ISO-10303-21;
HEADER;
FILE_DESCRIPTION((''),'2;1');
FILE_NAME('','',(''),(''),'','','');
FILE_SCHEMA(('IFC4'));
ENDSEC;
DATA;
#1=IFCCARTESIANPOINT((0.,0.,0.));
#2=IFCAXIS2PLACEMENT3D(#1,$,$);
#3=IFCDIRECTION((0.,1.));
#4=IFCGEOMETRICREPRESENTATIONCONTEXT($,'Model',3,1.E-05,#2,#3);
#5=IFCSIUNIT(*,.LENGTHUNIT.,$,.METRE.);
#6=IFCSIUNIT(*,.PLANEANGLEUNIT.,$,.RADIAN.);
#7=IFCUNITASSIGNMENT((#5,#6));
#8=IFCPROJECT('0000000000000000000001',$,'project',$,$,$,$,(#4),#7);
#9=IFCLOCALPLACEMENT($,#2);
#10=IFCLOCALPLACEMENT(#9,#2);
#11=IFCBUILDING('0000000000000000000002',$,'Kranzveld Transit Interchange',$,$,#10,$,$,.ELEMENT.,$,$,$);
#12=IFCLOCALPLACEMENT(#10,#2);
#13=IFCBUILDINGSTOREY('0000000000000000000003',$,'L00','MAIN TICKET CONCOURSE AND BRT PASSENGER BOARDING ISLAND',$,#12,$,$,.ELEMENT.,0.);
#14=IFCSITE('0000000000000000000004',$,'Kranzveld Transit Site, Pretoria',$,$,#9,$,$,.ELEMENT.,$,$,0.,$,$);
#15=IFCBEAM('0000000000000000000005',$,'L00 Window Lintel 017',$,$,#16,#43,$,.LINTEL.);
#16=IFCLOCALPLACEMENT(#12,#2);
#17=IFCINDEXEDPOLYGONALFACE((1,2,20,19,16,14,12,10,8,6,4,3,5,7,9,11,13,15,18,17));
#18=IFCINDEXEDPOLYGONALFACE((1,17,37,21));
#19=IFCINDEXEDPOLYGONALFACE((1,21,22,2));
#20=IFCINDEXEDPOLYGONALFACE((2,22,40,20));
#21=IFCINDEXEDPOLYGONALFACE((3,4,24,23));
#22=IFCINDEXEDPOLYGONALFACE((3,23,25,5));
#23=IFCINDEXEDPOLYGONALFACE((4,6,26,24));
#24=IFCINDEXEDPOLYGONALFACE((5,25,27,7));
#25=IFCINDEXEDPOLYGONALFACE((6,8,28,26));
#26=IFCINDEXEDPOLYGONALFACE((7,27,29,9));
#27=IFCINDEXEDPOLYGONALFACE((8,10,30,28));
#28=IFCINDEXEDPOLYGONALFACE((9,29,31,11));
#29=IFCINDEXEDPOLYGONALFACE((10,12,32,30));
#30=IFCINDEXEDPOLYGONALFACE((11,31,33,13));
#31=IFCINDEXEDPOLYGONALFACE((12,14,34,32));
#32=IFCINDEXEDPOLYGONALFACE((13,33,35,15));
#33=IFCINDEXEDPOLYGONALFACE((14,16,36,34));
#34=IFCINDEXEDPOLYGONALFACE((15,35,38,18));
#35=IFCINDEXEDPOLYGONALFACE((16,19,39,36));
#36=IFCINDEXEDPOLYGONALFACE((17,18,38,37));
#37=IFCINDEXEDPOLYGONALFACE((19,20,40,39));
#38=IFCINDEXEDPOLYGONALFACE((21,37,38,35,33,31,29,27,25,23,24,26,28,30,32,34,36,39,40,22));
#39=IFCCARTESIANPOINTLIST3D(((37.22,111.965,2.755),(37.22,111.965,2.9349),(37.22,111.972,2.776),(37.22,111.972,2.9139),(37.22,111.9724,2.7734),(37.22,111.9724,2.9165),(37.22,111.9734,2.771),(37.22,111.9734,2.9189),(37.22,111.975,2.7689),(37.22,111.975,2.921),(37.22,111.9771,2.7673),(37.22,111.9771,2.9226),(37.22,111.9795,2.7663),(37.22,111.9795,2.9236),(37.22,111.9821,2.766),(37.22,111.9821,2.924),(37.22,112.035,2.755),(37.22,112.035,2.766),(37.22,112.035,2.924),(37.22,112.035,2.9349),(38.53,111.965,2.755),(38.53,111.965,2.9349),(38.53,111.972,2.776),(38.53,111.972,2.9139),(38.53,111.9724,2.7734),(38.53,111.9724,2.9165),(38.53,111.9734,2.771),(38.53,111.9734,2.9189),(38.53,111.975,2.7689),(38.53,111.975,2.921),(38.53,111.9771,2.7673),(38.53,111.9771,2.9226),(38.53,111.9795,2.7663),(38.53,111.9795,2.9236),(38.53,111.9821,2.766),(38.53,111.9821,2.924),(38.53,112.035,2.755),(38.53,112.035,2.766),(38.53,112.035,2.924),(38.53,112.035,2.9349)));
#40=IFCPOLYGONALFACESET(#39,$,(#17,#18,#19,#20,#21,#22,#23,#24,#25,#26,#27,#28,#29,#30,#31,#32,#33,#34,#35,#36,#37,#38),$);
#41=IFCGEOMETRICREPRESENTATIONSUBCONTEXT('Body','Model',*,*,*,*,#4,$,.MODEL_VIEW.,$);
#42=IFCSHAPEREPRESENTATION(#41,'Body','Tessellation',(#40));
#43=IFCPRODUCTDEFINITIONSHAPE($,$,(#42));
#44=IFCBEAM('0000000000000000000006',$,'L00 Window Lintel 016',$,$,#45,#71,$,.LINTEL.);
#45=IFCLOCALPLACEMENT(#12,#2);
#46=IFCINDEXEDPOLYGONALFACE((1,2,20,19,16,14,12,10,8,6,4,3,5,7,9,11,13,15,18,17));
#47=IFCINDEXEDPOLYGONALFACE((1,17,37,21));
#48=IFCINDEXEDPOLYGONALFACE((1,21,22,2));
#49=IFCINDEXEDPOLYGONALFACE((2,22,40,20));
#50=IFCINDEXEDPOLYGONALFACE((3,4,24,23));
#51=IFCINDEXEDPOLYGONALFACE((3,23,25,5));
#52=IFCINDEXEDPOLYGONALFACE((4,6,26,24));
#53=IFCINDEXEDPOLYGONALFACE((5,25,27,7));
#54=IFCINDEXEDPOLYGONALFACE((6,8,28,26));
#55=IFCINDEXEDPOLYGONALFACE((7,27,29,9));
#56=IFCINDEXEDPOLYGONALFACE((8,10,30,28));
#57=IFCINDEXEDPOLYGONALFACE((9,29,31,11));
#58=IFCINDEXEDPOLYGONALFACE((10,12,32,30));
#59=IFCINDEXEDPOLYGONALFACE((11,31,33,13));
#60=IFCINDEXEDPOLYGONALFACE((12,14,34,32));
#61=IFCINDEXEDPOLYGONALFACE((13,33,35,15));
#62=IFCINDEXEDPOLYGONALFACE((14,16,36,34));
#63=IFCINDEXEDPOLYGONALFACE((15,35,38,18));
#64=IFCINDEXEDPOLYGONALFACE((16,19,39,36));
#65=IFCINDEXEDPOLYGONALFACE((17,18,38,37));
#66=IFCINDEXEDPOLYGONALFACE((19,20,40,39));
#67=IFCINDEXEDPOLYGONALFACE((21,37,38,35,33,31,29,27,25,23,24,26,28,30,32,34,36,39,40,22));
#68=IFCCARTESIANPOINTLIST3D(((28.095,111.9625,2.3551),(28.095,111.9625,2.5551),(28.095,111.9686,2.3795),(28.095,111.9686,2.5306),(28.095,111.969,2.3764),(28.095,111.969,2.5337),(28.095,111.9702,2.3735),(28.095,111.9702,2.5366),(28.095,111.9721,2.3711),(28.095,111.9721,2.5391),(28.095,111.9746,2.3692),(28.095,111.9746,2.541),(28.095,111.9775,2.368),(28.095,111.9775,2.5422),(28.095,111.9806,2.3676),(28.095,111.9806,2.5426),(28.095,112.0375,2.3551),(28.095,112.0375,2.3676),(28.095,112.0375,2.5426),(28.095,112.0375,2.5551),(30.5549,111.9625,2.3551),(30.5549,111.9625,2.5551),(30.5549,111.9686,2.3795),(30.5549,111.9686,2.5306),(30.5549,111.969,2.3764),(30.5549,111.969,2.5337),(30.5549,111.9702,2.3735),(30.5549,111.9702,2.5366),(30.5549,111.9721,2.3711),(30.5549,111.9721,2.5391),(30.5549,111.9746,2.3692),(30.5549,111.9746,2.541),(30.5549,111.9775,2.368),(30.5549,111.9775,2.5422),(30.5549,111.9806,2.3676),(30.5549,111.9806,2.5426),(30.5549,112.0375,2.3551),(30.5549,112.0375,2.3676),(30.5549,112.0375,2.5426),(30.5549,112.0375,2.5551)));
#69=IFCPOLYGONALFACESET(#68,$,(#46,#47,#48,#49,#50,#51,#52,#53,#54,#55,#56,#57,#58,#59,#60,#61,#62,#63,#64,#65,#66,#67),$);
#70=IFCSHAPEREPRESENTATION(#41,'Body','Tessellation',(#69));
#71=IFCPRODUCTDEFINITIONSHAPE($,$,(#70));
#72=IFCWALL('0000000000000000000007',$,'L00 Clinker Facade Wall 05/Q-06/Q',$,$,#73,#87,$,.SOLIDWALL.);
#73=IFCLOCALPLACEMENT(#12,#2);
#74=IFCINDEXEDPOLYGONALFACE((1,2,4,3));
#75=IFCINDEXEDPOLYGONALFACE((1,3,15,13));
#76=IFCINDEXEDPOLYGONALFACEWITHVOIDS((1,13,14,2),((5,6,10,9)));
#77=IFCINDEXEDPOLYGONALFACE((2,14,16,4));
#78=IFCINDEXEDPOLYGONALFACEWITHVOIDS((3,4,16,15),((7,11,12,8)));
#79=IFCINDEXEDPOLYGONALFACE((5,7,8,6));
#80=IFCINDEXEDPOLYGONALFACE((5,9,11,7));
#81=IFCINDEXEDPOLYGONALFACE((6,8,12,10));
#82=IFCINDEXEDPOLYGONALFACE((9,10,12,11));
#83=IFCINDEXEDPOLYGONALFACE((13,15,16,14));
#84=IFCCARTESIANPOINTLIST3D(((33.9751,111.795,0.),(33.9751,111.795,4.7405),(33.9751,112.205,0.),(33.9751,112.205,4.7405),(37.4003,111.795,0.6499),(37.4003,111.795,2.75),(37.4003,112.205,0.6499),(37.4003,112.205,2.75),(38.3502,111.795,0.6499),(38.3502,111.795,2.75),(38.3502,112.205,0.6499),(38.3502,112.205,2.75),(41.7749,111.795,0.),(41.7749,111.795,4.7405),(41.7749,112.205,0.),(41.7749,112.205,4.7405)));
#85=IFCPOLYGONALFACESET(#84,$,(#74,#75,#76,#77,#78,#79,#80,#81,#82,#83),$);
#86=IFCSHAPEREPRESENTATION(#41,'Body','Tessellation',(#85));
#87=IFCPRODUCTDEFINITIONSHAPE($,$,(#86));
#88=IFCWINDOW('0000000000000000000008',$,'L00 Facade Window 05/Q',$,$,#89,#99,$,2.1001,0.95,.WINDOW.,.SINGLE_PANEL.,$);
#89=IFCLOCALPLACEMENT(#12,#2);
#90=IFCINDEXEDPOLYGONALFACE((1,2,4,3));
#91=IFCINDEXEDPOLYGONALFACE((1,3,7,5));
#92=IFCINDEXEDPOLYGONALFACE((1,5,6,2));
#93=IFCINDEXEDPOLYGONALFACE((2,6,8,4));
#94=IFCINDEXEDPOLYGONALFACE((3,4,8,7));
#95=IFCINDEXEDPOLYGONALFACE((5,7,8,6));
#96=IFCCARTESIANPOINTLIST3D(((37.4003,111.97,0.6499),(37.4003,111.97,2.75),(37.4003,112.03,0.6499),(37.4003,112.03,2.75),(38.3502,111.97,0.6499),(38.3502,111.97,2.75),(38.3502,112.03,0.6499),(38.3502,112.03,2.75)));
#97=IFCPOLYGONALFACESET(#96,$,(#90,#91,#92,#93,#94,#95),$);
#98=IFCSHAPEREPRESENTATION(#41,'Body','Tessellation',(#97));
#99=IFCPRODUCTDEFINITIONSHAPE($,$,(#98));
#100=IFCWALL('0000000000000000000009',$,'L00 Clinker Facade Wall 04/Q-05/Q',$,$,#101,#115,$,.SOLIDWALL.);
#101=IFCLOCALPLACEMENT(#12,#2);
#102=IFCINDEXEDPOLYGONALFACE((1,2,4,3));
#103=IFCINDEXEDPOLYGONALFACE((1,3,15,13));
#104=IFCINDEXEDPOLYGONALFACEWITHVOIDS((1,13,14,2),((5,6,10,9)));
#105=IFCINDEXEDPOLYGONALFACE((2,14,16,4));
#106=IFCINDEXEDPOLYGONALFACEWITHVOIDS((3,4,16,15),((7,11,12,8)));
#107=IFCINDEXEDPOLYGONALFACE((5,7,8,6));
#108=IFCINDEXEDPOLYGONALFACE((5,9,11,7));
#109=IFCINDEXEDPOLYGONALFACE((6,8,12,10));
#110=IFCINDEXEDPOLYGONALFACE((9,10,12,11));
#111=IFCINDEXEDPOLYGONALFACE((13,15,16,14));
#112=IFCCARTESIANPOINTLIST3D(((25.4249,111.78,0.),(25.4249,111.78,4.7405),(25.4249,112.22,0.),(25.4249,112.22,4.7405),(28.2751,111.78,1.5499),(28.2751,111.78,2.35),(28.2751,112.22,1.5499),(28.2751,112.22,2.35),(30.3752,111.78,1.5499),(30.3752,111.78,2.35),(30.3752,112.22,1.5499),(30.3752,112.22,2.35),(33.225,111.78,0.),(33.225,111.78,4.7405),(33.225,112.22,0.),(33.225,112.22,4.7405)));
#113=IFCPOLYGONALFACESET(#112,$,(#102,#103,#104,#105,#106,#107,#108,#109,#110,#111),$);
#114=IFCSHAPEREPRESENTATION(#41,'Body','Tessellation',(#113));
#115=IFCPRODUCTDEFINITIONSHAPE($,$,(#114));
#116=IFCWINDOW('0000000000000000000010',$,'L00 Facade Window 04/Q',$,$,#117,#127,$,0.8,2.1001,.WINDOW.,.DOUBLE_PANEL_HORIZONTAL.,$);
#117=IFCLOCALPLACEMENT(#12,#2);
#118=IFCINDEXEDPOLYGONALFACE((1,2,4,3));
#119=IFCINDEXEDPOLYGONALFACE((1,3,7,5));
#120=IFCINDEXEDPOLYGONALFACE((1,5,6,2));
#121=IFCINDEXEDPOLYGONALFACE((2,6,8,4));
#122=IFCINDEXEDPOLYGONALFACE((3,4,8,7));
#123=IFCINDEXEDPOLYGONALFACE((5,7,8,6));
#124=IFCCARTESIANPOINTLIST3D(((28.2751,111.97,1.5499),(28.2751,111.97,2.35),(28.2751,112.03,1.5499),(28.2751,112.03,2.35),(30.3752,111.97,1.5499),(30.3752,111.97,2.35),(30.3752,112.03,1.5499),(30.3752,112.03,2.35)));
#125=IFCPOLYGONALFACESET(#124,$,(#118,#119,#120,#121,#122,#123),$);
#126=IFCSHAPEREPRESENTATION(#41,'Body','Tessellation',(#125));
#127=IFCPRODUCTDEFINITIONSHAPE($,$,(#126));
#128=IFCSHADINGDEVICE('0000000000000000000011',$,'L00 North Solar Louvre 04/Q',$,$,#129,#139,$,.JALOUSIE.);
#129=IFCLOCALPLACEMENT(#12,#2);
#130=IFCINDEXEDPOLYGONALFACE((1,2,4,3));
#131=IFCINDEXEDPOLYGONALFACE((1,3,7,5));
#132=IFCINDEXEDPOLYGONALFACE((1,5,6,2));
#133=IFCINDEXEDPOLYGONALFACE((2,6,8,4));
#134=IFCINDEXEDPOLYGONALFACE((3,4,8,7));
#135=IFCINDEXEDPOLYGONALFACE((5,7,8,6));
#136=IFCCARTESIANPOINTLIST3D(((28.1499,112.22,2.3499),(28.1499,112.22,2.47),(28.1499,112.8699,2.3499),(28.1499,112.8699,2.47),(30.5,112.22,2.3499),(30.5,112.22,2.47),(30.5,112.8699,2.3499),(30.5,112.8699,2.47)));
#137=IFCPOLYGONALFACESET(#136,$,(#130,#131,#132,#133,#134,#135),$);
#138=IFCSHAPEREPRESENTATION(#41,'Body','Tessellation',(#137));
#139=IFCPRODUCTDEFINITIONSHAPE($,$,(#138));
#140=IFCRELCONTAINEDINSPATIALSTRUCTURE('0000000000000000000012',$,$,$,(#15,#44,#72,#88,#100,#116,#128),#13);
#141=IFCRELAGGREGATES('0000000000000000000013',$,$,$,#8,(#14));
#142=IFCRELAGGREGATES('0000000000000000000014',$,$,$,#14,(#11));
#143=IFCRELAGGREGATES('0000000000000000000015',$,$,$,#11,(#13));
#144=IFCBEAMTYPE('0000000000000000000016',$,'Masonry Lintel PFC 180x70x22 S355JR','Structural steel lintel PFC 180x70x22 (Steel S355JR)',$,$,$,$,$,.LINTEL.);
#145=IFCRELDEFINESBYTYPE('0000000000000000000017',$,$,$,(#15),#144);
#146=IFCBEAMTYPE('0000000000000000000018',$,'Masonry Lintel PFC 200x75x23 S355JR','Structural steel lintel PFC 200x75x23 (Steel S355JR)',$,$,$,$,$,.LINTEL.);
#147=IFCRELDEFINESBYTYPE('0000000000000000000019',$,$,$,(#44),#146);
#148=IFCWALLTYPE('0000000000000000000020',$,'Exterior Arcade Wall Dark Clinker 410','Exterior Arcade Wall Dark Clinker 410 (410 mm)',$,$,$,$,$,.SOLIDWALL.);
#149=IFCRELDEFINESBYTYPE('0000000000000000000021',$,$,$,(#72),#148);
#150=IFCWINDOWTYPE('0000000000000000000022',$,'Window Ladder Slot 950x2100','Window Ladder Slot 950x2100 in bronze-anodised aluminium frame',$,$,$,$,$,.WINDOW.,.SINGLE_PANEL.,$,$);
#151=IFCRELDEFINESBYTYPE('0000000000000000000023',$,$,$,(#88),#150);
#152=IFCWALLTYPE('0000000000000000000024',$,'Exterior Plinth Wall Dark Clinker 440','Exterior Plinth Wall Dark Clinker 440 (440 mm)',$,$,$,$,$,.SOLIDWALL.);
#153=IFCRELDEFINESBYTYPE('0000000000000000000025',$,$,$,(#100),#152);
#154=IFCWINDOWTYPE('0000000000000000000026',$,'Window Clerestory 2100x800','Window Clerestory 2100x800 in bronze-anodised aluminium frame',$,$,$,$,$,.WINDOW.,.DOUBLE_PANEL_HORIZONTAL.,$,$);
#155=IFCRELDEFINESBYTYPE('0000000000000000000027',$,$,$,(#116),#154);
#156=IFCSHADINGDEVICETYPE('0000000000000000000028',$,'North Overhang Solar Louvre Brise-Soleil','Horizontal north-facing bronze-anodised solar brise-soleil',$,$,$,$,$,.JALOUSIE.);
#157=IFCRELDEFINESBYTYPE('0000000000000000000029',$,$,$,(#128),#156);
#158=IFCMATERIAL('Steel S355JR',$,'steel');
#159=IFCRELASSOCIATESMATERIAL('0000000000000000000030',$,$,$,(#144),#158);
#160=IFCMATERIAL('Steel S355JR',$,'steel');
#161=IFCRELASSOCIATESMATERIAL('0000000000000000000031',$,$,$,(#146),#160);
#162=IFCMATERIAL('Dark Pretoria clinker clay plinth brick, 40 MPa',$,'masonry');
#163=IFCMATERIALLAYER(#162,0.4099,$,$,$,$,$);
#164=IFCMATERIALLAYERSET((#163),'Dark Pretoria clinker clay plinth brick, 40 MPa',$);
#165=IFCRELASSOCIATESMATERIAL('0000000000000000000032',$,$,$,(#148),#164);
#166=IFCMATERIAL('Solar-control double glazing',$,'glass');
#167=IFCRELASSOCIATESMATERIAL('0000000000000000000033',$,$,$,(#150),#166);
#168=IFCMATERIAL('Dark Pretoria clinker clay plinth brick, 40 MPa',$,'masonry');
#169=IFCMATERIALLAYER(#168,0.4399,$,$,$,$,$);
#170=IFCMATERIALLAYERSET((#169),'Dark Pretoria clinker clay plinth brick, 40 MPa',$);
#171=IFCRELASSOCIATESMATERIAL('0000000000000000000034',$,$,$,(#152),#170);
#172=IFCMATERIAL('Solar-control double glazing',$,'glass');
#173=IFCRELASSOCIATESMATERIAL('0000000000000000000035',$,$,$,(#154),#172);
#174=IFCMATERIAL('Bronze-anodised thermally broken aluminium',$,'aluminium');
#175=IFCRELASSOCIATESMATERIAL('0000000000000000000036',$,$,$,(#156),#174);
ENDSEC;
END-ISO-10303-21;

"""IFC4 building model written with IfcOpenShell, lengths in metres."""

from ifc_helpers import new_model, si_unit, direction, frame, frame_2d, origin, origin_2d, place, context, subcontext, project, spatial, rectangle, u_section, extrude, material, layer, layer_set, material_profile, profile_set, type_object, element, fill, save


model = new_model("IFC4")

# Units and contexts
model_context = context("Model", 3, precision=1e-05, world=origin(), true_north=direction((0.0, 1.0)))
body_context = subcontext(model_context, "Body", "Model", "MODEL_VIEW")
ifc_project = project(units=[si_unit("LENGTHUNIT", "METRE"), si_unit("PLANEANGLEUNIT", "RADIAN")], contexts=[model_context])

# Site, building, storey
site_placement = place(None, origin())
site = spatial("IfcSite", under=ifc_project, at=site_placement, Name="Kranzveld Transit Site, Pretoria", CompositionType="ELEMENT", RefElevation=0.0)
building_placement = place(site_placement, origin())
building = spatial("IfcBuilding", under=site, at=building_placement, Name="Kranzveld Transit Interchange", CompositionType="ELEMENT")
storey_placement = place(building_placement, origin())
storey = spatial("IfcBuildingStorey", under=building, at=storey_placement, Name="L00", Description="MAIN TICKET CONCOURSE AND BRT PASSENGER BOARDING ISLAND", CompositionType="ELEMENT", Elevation=0.0)

# Beams
ifc_material_1 = material(Name="Steel S355JR", Category="steel")
ifc_material_profile_1 = material_profile(ifc_material_1, u_section(Depth=0.1799, FlangeWidth=0.0701, WebThickness=0.0071, FlangeThickness=0.011, FilletRadius=0.01, at=origin_2d()), Name="PFC 180x70x22")
ifc_profile_set_1 = profile_set([ifc_material_profile_1], Name="Steel S355JR")
beam_type_1 = type_object("IfcBeamType", Name="Masonry Lintel PFC 180x70x22 S355JR", Description="Structural steel lintel PFC 180x70x22 (Steel S355JR)", PredefinedType="LINTEL", material=ifc_profile_set_1)
beam_1_placement = place(storey_placement, frame((37.22, 112.0, 2.845), z_axis=(1.0, 0.0, 0.0), x_axis=(0.0, 1.0, 0.0)))
element("IfcBeam", 1, at=beam_1_placement, inside=storey, type_object=beam_type_1, Name="L00 Window Lintel 017", PredefinedType="LINTEL", context=body_context, shape_type="SweptSolid", body=[
    extrude(u_section(Depth=0.1799, FlangeWidth=0.0701, WebThickness=0.0071, FlangeThickness=0.011, FilletRadius=0.01, at=origin_2d()), origin(), (0.0, 0.0, 1.0), 1.3101),
])
ifc_material_2 = material(Name="Steel S355JR", Category="steel")
ifc_material_profile_2 = material_profile(ifc_material_2, u_section(Depth=0.2, FlangeWidth=0.075, WebThickness=0.0061, FlangeThickness=0.0125, FilletRadius=0.012, at=origin_2d()), Name="PFC 200x75x23")
ifc_profile_set_2 = profile_set([ifc_material_profile_2], Name="Steel S355JR")
beam_type_2 = type_object("IfcBeamType", Name="Masonry Lintel PFC 200x75x23 S355JR", Description="Structural steel lintel PFC 200x75x23 (Steel S355JR)", PredefinedType="LINTEL", material=ifc_profile_set_2)
beam_2_placement = place(storey_placement, frame((28.095, 112.0, 2.4551), z_axis=(1.0, 0.0, 0.0), x_axis=(0.0, 1.0, 0.0)))
element("IfcBeam", 2, at=beam_2_placement, inside=storey, type_object=beam_type_2, Name="L00 Window Lintel 016", PredefinedType="LINTEL", context=body_context, shape_type="SweptSolid", body=[
    extrude(u_section(Depth=0.2, FlangeWidth=0.075, WebThickness=0.0061, FlangeThickness=0.0125, FilletRadius=0.012, at=origin_2d()), origin(), (0.0, 0.0, 1.0), 2.46),
])

# Walls, openings, windows
ifc_material_3 = material(Name="Dark Pretoria clinker clay plinth brick, 40 MPa", Category="masonry")
ifc_layer_1 = layer(ifc_material_3, 0.4099)
ifc_layer_set_1 = layer_set([ifc_layer_1], Name="Dark Pretoria clinker clay plinth brick, 40 MPa")
wall_type_1 = type_object("IfcWallType", Name="Exterior Arcade Wall Dark Clinker 410", Description="Exterior Arcade Wall Dark Clinker 410 (410 mm)", PredefinedType="SOLIDWALL", material=ifc_layer_set_1)
wall_1_placement = place(storey_placement, frame((33.9751, 112.0, 0.0), z_axis=(0.0, 0.0, 1.0), x_axis=(1.0, 0.0, 0.0)))
wall_1 = element("IfcWall", 3, at=wall_1_placement, inside=storey, type_object=wall_type_1, Name="L00 Clinker Facade Wall 05/Q-06/Q", PredefinedType="SOLIDWALL", context=body_context, shape_type="SweptSolid", body=[
    extrude(rectangle(XDim=7.7998, YDim=0.4099, at=frame_2d((3.8999, 0.0))), origin(), (0.0, 0.0, 1.0), 4.7405),
])
opening_1_placement = place(wall_1_placement, frame((3.425, 0.0, 0.6499), z_axis=(0.0, 0.0, 1.0), x_axis=(1.0, 0.0, 0.0)))
opening_1 = element("IfcOpeningElement", 4, at=opening_1_placement, cuts=wall_1, PredefinedType="OPENING", context=body_context, shape_type="SweptSolid", body=[
    extrude(rectangle(XDim=0.95, YDim=2.1001, at=frame_2d((0.4751, 1.05))), frame((0.0, 0.2148, 0.0), z_axis=(0.0, -1.0, 0.0), x_axis=(1.0, 0.0, 0.0)), (0.0, 0.0, 1.0), 0.4299),
])
ifc_material_4 = material(Name="Solar-control double glazing", Category="glass")
window_type_1 = type_object("IfcWindowType", Name="Window Ladder Slot 950x2100", Description="Window Ladder Slot 950x2100 in bronze-anodised aluminium frame", PartitioningType="SINGLE_PANEL", PredefinedType="WINDOW", material=ifc_material_4)
window_1_placement = place(opening_1_placement, origin())
window_1 = element("IfcWindow", 5, at=window_1_placement, inside=storey, type_object=window_type_1, Name="L00 Facade Window 05/Q", OverallHeight=2.1001, OverallWidth=0.95, PartitioningType="SINGLE_PANEL", PredefinedType="WINDOW", context=body_context, shape_type="SweptSolid", body=[
    extrude(rectangle(XDim=0.95, YDim=2.1001, at=frame_2d((0.4751, 1.05))), frame((0.0, 0.03, 0.0), z_axis=(0.0, -1.0, 0.0), x_axis=(1.0, 0.0, 0.0)), (0.0, 0.0, 1.0), 0.0601),
])
fill(opening_1, window_1)
ifc_material_5 = material(Name="Dark Pretoria clinker clay plinth brick, 40 MPa", Category="masonry")
ifc_layer_2 = layer(ifc_material_5, 0.4399)
ifc_layer_set_2 = layer_set([ifc_layer_2], Name="Dark Pretoria clinker clay plinth brick, 40 MPa")
wall_type_2 = type_object("IfcWallType", Name="Exterior Plinth Wall Dark Clinker 440", Description="Exterior Plinth Wall Dark Clinker 440 (440 mm)", PredefinedType="SOLIDWALL", material=ifc_layer_set_2)
wall_2_placement = place(storey_placement, frame((25.425, 112.0, 0.0), z_axis=(0.0, 0.0, 1.0), x_axis=(1.0, 0.0, 0.0)))
wall_2 = element("IfcWall", 6, at=wall_2_placement, inside=storey, type_object=wall_type_2, Name="L00 Clinker Facade Wall 04/Q-05/Q", PredefinedType="SOLIDWALL", context=body_context, shape_type="SweptSolid", body=[
    extrude(rectangle(XDim=7.8, YDim=0.4399, at=frame_2d((3.8999, 0.0))), origin(), (0.0, 0.0, 1.0), 4.7405),
])
opening_2_placement = place(wall_2_placement, frame((2.8501, 0.0, 1.55), z_axis=(0.0, 0.0, 1.0), x_axis=(1.0, 0.0, 0.0)))
opening_2 = element("IfcOpeningElement", 7, at=opening_2_placement, cuts=wall_2, PredefinedType="OPENING", context=body_context, shape_type="SweptSolid", body=[
    extrude(rectangle(XDim=2.1001, YDim=0.8, at=frame_2d((1.05, 0.3999))), frame((0.0, 0.23, 0.0), z_axis=(0.0, -1.0, 0.0), x_axis=(1.0, 0.0, 0.0)), (0.0, 0.0, 1.0), 0.46),
])
ifc_material_6 = material(Name="Solar-control double glazing", Category="glass")
window_type_2 = type_object("IfcWindowType", Name="Window Clerestory 2100x800", Description="Window Clerestory 2100x800 in bronze-anodised aluminium frame", PartitioningType="DOUBLE_PANEL_HORIZONTAL", PredefinedType="WINDOW", material=ifc_material_6)
window_2_placement = place(opening_2_placement, origin())
window_2 = element("IfcWindow", 8, at=window_2_placement, inside=storey, type_object=window_type_2, Name="L00 Facade Window 04/Q", OverallHeight=0.8, OverallWidth=2.1001, PartitioningType="DOUBLE_PANEL_HORIZONTAL", PredefinedType="WINDOW", context=body_context, shape_type="SweptSolid", body=[
    extrude(rectangle(XDim=2.1001, YDim=0.8, at=frame_2d((1.05, 0.3999))), frame((0.0, 0.03, 0.0), z_axis=(0.0, -1.0, 0.0), x_axis=(1.0, 0.0, 0.0)), (0.0, 0.0, 1.0), 0.0601),
])
fill(opening_2, window_2)

# Shading device
ifc_material_7 = material(Name="Bronze-anodised thermally broken aluminium", Category="aluminium")
shading_device_type = type_object("IfcShadingDeviceType", Name="North Overhang Solar Louvre Brise-Soleil", Description="Horizontal north-facing bronze-anodised solar brise-soleil", PredefinedType="JALOUSIE", material=ifc_material_7)
shading_device_placement = place(storey_placement, frame((29.325, 112.5449, 2.3499), z_axis=(0.0, 0.0, 1.0), x_axis=(1.0, 0.0, 0.0)))
element("IfcShadingDevice", 9, at=shading_device_placement, inside=storey, type_object=shading_device_type, Name="L00 North Solar Louvre 04/Q", PredefinedType="JALOUSIE", context=body_context, shape_type="SweptSolid", body=[
    extrude(rectangle(XDim=2.3501, YDim=0.6499, at=origin_2d()), origin(), (0.0, 0.0, 1.0), 0.1201),
])

save(model, "model.ifc")
